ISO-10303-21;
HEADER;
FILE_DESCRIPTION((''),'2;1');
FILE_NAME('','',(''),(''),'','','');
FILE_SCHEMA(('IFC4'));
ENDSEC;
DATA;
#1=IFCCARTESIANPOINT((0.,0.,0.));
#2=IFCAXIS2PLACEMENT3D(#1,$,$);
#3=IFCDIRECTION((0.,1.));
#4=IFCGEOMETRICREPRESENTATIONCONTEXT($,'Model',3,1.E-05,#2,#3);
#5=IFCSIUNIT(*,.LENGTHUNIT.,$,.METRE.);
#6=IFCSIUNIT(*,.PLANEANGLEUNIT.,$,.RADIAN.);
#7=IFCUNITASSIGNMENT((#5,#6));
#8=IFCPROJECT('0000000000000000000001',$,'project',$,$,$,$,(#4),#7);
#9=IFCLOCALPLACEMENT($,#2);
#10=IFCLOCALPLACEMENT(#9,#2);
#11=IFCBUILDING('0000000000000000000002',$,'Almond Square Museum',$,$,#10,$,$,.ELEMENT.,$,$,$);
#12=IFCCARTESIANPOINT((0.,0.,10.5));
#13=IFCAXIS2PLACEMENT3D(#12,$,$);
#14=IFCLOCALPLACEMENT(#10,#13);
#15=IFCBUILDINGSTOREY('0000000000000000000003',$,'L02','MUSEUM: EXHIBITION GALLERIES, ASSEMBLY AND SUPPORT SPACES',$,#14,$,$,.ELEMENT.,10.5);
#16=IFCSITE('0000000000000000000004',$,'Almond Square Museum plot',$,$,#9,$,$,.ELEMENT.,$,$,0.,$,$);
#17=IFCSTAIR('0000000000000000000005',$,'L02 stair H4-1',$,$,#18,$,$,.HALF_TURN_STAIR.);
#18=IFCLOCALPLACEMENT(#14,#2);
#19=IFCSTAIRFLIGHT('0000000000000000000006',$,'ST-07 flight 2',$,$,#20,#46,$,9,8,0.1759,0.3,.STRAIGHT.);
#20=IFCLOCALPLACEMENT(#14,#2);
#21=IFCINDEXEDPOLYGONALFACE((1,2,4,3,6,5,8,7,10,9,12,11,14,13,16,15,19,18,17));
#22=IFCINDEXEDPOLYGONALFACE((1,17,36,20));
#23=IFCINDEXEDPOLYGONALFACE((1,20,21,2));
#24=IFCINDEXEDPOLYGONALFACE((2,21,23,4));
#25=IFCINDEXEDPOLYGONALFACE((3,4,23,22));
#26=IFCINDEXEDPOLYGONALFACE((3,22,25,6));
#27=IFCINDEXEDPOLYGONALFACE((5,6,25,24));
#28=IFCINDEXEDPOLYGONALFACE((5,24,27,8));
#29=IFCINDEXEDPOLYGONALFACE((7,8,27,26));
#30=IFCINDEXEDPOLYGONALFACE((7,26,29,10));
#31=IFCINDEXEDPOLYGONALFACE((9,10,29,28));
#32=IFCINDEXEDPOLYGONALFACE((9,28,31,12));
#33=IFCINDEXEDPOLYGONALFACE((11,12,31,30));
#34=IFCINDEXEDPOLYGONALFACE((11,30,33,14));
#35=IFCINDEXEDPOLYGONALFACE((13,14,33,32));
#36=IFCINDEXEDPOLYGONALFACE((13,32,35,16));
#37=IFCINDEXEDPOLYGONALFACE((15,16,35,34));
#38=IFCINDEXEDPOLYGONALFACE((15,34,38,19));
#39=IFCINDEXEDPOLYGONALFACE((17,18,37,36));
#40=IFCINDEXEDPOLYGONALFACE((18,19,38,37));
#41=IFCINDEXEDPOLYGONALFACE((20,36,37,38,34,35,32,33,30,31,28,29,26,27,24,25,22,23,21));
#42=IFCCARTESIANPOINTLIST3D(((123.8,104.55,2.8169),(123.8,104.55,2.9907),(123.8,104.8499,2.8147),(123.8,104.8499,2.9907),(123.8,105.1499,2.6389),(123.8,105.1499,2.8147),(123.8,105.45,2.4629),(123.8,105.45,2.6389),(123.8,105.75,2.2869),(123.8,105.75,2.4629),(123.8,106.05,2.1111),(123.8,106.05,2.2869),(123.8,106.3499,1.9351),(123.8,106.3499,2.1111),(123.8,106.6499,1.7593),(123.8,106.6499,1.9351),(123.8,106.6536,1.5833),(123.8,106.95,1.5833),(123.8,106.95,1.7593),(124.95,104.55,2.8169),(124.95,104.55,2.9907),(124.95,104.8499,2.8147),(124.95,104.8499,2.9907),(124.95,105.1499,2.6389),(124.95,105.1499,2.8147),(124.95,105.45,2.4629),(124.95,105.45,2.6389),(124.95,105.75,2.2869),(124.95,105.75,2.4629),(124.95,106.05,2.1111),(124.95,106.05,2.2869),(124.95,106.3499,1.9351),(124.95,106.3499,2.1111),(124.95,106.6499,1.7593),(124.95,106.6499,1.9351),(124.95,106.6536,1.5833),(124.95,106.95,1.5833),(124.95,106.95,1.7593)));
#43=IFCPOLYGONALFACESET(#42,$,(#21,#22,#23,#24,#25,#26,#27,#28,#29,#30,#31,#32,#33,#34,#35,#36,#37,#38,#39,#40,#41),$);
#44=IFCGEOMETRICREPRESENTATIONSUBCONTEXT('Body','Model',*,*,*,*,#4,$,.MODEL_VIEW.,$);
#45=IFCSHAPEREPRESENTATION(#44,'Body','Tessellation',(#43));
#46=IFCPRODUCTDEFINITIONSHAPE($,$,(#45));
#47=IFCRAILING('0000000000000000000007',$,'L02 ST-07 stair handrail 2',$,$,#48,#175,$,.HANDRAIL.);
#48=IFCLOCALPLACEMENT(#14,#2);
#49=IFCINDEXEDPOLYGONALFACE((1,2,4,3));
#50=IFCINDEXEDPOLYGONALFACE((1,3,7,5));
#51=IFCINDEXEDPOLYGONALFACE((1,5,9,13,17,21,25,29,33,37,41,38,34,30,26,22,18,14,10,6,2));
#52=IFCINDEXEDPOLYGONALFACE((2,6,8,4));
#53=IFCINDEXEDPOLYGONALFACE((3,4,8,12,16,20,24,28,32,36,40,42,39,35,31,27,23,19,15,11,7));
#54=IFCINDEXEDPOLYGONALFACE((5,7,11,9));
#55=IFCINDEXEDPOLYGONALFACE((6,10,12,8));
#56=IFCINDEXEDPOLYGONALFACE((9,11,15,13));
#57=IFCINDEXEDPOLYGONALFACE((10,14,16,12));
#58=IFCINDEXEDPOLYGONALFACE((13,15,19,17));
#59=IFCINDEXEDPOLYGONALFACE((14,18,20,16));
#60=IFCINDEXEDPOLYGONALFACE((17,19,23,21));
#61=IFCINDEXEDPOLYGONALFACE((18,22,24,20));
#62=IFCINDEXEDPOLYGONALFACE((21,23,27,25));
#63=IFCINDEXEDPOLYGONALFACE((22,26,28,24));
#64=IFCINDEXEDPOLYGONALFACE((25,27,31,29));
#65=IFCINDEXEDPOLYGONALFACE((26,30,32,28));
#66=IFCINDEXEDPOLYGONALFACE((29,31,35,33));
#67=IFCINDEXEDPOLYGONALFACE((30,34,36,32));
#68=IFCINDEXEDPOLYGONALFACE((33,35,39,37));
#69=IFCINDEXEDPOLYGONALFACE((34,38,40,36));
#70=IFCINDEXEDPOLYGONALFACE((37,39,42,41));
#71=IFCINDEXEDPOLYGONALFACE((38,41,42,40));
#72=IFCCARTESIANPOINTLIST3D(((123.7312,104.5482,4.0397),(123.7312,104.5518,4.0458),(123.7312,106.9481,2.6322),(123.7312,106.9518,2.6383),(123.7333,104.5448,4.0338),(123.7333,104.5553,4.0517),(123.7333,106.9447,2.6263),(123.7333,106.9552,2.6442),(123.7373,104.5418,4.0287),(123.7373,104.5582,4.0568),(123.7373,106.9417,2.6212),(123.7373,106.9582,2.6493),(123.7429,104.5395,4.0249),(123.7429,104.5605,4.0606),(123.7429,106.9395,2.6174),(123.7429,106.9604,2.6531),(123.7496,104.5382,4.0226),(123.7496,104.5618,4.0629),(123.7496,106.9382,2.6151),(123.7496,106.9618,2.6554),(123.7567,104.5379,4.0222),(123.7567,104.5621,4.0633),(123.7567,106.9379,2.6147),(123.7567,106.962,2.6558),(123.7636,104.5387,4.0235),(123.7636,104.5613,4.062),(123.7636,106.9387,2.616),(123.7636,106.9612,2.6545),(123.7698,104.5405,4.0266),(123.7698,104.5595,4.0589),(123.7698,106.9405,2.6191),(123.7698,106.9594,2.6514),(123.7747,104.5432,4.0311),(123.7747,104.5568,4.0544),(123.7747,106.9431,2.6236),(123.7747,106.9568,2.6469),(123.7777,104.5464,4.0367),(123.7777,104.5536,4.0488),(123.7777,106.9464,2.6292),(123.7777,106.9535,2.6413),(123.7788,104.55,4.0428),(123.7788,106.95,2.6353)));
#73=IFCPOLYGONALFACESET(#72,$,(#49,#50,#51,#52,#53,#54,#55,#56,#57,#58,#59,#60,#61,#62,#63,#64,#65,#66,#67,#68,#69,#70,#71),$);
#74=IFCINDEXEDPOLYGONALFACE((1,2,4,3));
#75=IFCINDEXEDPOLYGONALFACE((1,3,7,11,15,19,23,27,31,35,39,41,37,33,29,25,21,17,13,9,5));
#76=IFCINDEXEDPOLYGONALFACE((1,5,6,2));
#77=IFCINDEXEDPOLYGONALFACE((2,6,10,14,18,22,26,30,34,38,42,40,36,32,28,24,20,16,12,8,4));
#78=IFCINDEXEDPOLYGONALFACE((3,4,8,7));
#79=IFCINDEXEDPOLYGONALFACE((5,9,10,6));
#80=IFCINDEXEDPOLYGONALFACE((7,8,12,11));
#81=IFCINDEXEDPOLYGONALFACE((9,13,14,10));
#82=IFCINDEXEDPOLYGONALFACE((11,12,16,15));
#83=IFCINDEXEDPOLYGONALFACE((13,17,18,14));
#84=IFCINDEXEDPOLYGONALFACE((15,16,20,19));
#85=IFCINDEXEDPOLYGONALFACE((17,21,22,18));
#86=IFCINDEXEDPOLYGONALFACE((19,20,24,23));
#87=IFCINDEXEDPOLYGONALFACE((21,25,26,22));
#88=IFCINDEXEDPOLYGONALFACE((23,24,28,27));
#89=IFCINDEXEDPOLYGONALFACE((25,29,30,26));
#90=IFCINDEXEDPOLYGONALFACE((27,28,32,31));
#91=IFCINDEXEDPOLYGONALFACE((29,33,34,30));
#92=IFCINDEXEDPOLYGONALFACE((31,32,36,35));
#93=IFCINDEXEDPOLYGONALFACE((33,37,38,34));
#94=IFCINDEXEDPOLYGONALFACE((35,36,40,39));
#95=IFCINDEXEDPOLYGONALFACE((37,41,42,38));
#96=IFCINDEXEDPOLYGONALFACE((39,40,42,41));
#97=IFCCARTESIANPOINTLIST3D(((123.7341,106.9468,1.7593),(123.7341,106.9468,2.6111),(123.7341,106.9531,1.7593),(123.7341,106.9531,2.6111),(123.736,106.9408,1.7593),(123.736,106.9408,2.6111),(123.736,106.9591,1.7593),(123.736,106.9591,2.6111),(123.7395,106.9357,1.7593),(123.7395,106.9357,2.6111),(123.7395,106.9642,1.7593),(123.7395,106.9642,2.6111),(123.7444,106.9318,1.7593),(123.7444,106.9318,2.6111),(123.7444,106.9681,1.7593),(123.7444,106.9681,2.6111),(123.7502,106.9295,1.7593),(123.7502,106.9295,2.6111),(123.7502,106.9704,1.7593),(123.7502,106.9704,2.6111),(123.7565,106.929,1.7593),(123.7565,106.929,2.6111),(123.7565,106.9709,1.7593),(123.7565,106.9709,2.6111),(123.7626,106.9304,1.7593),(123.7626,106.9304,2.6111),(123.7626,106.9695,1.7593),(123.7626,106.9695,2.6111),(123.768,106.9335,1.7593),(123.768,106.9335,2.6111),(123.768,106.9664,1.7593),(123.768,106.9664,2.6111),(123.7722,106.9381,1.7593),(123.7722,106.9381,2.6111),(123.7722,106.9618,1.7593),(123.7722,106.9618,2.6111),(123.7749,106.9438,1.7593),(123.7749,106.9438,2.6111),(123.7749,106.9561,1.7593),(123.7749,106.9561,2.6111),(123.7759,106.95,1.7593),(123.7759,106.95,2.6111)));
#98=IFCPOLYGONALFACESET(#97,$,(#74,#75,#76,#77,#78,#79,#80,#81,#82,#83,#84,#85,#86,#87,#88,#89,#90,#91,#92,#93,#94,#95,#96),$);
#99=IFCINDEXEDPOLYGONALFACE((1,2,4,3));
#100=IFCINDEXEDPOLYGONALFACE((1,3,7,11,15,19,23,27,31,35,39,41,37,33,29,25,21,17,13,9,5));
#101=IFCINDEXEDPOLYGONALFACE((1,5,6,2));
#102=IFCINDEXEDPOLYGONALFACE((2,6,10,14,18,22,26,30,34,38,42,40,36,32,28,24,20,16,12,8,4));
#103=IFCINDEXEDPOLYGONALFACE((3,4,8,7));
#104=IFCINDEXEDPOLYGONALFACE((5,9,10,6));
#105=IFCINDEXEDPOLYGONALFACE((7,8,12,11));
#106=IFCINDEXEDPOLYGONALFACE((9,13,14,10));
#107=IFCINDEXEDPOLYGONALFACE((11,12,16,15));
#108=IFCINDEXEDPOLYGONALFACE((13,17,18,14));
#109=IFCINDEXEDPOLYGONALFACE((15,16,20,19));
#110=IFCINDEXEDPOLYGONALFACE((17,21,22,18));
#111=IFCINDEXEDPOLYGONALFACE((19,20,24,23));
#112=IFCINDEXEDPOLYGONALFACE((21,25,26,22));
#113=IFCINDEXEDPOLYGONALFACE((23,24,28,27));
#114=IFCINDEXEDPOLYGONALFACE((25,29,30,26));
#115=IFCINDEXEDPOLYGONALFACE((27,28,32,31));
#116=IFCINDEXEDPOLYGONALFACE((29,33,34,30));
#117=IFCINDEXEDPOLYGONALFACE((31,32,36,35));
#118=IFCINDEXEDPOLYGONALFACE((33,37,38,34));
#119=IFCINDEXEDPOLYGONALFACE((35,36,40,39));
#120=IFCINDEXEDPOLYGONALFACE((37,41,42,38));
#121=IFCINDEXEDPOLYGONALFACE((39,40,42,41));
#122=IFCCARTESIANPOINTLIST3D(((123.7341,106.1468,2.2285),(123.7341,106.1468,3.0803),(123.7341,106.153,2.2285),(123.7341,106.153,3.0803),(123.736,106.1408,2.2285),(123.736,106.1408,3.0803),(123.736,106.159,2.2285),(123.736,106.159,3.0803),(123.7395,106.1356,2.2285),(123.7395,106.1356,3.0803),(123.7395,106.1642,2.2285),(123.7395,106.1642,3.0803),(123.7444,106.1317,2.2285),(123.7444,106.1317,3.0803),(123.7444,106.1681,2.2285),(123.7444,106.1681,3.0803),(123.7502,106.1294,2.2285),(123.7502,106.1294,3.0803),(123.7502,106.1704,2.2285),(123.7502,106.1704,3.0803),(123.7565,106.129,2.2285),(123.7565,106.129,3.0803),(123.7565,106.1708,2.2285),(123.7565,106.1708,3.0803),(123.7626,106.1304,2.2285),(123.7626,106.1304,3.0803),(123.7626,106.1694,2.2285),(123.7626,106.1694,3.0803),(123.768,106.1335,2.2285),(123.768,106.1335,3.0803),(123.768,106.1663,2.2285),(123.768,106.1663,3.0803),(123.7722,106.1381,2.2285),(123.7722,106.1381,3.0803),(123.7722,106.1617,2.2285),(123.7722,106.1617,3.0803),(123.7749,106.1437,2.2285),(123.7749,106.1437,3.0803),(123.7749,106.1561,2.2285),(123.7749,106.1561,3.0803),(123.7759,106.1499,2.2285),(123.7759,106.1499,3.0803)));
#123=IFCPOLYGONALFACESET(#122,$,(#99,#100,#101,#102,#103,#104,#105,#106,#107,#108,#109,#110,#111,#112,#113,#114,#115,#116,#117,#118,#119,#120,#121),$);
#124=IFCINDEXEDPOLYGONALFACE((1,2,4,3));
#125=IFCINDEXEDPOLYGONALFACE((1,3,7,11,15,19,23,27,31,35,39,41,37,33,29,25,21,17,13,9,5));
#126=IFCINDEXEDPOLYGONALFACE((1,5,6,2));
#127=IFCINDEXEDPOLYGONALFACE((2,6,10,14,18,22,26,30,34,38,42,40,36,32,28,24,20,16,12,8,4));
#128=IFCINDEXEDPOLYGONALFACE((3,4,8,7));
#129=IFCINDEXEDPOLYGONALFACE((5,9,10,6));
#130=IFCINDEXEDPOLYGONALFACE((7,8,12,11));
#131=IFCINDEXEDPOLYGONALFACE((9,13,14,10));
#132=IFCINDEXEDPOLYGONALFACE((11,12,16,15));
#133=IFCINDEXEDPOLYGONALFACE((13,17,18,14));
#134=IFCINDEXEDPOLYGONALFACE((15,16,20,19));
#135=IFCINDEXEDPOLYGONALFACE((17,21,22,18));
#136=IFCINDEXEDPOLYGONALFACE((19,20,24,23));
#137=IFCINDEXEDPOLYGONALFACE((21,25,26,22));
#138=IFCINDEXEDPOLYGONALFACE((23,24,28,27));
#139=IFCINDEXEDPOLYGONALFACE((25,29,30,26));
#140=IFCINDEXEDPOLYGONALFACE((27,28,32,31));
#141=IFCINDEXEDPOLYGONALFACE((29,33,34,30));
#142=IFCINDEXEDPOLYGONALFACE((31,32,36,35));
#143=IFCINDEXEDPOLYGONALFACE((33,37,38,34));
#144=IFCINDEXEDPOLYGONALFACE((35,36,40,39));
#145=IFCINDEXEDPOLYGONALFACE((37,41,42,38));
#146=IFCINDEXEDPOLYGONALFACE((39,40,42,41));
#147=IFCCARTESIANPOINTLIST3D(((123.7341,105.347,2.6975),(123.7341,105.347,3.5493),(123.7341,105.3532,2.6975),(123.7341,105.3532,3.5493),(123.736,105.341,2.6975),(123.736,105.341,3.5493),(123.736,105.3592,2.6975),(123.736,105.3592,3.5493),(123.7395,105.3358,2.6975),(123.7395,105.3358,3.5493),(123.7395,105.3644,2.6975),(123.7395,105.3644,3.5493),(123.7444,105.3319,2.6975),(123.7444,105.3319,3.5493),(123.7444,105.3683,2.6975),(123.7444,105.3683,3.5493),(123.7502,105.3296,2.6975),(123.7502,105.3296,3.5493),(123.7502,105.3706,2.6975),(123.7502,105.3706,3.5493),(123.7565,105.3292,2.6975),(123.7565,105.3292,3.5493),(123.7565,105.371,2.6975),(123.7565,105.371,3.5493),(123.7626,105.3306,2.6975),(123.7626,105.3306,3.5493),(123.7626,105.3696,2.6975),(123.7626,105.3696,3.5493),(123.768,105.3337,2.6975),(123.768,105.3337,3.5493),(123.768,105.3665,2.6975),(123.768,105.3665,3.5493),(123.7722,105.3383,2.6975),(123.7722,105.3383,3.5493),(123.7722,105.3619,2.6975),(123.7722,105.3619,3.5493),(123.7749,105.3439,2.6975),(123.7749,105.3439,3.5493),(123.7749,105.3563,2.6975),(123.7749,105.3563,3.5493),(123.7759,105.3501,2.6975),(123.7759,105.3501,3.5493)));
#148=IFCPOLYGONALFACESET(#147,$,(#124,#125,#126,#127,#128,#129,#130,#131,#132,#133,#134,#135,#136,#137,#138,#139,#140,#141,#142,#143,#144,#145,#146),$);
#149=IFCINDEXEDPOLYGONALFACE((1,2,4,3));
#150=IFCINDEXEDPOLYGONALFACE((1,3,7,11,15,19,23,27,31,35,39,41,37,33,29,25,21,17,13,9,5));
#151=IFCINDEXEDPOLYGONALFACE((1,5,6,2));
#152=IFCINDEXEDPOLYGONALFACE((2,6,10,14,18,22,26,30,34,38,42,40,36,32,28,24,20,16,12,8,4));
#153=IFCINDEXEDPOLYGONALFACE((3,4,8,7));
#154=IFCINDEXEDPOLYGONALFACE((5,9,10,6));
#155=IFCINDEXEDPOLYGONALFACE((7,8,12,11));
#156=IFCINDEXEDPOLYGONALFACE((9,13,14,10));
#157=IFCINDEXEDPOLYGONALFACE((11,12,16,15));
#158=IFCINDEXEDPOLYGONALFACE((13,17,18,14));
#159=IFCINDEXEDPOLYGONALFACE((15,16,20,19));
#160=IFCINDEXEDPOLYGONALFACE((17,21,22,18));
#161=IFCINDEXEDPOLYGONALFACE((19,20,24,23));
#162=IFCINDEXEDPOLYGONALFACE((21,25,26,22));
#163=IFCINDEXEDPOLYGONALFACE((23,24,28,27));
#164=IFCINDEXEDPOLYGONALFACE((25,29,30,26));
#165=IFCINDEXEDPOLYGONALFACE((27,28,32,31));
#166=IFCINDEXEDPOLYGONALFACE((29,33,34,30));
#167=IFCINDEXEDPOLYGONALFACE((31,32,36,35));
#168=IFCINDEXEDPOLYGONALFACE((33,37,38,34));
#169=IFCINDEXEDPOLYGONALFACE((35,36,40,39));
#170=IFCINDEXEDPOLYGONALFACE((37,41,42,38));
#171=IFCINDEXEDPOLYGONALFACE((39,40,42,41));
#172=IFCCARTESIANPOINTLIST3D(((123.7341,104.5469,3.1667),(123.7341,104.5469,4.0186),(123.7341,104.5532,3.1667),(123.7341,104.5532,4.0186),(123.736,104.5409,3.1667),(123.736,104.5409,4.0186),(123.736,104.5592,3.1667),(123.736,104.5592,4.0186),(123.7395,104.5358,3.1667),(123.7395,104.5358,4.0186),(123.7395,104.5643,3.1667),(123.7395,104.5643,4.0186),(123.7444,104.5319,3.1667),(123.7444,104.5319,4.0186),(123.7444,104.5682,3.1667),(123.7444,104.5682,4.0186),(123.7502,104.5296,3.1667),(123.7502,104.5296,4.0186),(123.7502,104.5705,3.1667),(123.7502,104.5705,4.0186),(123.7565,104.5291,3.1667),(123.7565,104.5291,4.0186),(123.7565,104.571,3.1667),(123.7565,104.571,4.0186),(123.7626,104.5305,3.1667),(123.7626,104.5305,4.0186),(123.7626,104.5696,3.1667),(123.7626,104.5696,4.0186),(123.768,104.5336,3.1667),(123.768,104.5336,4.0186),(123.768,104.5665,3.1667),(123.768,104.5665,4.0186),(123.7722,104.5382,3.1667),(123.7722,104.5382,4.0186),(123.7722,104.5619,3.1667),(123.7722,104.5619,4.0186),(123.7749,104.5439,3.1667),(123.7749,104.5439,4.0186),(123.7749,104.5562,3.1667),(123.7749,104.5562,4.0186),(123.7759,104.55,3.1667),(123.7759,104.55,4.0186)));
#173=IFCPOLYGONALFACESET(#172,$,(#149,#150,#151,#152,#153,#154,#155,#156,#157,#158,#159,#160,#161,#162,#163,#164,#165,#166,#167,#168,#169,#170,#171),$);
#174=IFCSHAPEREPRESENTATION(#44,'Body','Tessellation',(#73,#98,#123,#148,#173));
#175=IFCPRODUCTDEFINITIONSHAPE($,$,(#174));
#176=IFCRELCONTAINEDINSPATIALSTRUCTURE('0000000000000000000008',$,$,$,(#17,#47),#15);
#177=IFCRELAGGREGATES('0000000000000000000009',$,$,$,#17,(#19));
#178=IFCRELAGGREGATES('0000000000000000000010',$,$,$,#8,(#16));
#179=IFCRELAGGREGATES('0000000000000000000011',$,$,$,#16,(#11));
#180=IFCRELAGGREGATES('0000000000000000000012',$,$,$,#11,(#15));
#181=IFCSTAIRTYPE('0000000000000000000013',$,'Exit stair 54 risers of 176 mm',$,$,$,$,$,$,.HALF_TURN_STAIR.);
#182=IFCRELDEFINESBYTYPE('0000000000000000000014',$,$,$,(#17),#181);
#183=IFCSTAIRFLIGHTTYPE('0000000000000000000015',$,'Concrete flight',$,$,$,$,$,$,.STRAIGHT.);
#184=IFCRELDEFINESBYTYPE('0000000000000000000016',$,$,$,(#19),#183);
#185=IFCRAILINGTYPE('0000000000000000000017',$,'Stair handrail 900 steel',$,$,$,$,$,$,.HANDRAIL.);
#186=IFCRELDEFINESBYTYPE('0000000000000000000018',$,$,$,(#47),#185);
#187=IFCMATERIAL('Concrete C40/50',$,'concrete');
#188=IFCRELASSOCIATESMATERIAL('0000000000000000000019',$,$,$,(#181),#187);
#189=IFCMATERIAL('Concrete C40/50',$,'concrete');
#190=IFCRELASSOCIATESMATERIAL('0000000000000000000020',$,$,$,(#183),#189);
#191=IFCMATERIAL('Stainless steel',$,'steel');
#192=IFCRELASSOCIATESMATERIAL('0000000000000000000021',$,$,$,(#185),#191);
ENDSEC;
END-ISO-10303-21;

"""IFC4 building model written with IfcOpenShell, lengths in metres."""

from ifc_helpers import new_model, si_unit, direction, frame, origin, origin_2d, place, context, subcontext, project, spatial, polyline, circle, outline, extrude, material, type_object, element, aggregate, save


model = new_model("IFC4")

# Units and contexts
model_context = context("Model", 3, precision=1e-05, world=origin(), true_north=direction((0.0, 1.0)))
body_context = subcontext(model_context, "Body", "Model", "MODEL_VIEW")
ifc_project = project(units=[si_unit("LENGTHUNIT", "METRE"), si_unit("PLANEANGLEUNIT", "RADIAN")], contexts=[model_context])

# Site, building, storey
site_placement = place(None, origin())
site = spatial("IfcSite", under=ifc_project, at=site_placement, Name="Almond Square Museum plot", CompositionType="ELEMENT", RefElevation=0.0)
building_placement = place(site_placement, origin())
building = spatial("IfcBuilding", under=site, at=building_placement, Name="Almond Square Museum", CompositionType="ELEMENT")
storey_placement = place(building_placement, frame((0.0, 0.0, 10.5)))
storey = spatial("IfcBuildingStorey", under=building, at=storey_placement, Name="L02", Description="MUSEUM: EXHIBITION GALLERIES, ASSEMBLY AND SUPPORT SPACES", CompositionType="ELEMENT", Elevation=10.5)

# Stair, stair flight
ifc_material_1 = material(Name="Concrete C40/50", Category="concrete")
stair_type = type_object("IfcStairType", Name="Exit stair 54 risers of 176 mm", PredefinedType="HALF_TURN_STAIR", material=ifc_material_1)
stair_placement = place(storey_placement, origin())
stair = element("IfcStair", 1, at=stair_placement, inside=storey, type_object=stair_type, Name="L02 stair H4-1", PredefinedType="HALF_TURN_STAIR")
ifc_material_2 = material(Name="Concrete C40/50", Category="concrete")
stair_flight_type = type_object("IfcStairFlightType", Name="Concrete flight", PredefinedType="STRAIGHT", material=ifc_material_2)
stair_flight_placement = place(storey_placement, frame((124.375, 106.95, 1.5833), z_axis=(0.0, 0.0, 1.0), x_axis=(0.0, -1.0, 0.0)))
stair_flight = element("IfcStairFlight", 2, at=stair_flight_placement, type_object=stair_flight_type, Name="ST-07 flight 2", NumberOfRisers=9, NumberOfTreads=8, PredefinedType="STRAIGHT", RiserHeight=0.1759, TreadLength=0.3, context=body_context, shape_type="SweptSolid", body=[
    extrude(outline(polyline([(0.0, 0.0), (0.0, 0.176), (0.3, 0.176), (0.3, 0.3518), (0.6001, 0.3518), (0.6001, 0.5278), (0.8999, 0.5278), (0.8999, 0.7036), (1.2, 0.7036), (1.2, 0.8796), (1.5, 0.8796), (1.5, 1.0557), (1.8, 1.0557), (1.8, 1.2314), (2.1001, 1.2314), (2.1001, 1.4075), (2.3999, 1.4075), (2.3999, 1.5833), (2.3999, 1.2336), (0.2964, 0.0), (0.0, 0.0)])), frame((0.0, 0.575, 0.0), z_axis=(0.0, -1.0, 0.0), x_axis=(1.0, 0.0, 0.0)), (0.0, 0.0, 1.0), 1.1499),
])
aggregate(stair, [stair_flight])

# Railing
ifc_material_3 = material(Name="Stainless steel", Category="steel")
railing_type = type_object("IfcRailingType", Name="Stair handrail 900 steel", PredefinedType="HANDRAIL", material=ifc_material_3)
railing_1_placement = place(storey_placement, frame((123.7549, 106.95, 1.7593)))
element("IfcRailing", 3, at=railing_1_placement, inside=storey, type_object=railing_type, Name="L02 ST-07 stair handrail 2", PredefinedType="HANDRAIL", context=body_context, shape_type="SweptSolid", body=[
    extrude(circle(Radius=0.0239, at=origin_2d()), frame((0.0, 0.0, 0.876), z_axis=(0.0, -0.862599, 0.505888), x_axis=(1.0, 0.0, 0.0)), (0.0, 0.0, 1.0), 2.7822),
    extrude(circle(Radius=0.021, at=origin_2d()), origin(), (0.0, 0.0, 1.0), 0.8518),
    extrude(circle(Radius=0.021, at=origin_2d()), frame((0.0, -0.8, 0.4692)), (0.0, 0.0, 1.0), 0.8518),
    extrude(circle(Radius=0.021, at=origin_2d()), frame((0.0, -1.5999, 0.9382)), (0.0, 0.0, 1.0), 0.8518),
    extrude(circle(Radius=0.021, at=origin_2d()), frame((0.0, -2.3999, 1.4075)), (0.0, 0.0, 1.0), 0.8518),
])

save(model, "model.ifc")
